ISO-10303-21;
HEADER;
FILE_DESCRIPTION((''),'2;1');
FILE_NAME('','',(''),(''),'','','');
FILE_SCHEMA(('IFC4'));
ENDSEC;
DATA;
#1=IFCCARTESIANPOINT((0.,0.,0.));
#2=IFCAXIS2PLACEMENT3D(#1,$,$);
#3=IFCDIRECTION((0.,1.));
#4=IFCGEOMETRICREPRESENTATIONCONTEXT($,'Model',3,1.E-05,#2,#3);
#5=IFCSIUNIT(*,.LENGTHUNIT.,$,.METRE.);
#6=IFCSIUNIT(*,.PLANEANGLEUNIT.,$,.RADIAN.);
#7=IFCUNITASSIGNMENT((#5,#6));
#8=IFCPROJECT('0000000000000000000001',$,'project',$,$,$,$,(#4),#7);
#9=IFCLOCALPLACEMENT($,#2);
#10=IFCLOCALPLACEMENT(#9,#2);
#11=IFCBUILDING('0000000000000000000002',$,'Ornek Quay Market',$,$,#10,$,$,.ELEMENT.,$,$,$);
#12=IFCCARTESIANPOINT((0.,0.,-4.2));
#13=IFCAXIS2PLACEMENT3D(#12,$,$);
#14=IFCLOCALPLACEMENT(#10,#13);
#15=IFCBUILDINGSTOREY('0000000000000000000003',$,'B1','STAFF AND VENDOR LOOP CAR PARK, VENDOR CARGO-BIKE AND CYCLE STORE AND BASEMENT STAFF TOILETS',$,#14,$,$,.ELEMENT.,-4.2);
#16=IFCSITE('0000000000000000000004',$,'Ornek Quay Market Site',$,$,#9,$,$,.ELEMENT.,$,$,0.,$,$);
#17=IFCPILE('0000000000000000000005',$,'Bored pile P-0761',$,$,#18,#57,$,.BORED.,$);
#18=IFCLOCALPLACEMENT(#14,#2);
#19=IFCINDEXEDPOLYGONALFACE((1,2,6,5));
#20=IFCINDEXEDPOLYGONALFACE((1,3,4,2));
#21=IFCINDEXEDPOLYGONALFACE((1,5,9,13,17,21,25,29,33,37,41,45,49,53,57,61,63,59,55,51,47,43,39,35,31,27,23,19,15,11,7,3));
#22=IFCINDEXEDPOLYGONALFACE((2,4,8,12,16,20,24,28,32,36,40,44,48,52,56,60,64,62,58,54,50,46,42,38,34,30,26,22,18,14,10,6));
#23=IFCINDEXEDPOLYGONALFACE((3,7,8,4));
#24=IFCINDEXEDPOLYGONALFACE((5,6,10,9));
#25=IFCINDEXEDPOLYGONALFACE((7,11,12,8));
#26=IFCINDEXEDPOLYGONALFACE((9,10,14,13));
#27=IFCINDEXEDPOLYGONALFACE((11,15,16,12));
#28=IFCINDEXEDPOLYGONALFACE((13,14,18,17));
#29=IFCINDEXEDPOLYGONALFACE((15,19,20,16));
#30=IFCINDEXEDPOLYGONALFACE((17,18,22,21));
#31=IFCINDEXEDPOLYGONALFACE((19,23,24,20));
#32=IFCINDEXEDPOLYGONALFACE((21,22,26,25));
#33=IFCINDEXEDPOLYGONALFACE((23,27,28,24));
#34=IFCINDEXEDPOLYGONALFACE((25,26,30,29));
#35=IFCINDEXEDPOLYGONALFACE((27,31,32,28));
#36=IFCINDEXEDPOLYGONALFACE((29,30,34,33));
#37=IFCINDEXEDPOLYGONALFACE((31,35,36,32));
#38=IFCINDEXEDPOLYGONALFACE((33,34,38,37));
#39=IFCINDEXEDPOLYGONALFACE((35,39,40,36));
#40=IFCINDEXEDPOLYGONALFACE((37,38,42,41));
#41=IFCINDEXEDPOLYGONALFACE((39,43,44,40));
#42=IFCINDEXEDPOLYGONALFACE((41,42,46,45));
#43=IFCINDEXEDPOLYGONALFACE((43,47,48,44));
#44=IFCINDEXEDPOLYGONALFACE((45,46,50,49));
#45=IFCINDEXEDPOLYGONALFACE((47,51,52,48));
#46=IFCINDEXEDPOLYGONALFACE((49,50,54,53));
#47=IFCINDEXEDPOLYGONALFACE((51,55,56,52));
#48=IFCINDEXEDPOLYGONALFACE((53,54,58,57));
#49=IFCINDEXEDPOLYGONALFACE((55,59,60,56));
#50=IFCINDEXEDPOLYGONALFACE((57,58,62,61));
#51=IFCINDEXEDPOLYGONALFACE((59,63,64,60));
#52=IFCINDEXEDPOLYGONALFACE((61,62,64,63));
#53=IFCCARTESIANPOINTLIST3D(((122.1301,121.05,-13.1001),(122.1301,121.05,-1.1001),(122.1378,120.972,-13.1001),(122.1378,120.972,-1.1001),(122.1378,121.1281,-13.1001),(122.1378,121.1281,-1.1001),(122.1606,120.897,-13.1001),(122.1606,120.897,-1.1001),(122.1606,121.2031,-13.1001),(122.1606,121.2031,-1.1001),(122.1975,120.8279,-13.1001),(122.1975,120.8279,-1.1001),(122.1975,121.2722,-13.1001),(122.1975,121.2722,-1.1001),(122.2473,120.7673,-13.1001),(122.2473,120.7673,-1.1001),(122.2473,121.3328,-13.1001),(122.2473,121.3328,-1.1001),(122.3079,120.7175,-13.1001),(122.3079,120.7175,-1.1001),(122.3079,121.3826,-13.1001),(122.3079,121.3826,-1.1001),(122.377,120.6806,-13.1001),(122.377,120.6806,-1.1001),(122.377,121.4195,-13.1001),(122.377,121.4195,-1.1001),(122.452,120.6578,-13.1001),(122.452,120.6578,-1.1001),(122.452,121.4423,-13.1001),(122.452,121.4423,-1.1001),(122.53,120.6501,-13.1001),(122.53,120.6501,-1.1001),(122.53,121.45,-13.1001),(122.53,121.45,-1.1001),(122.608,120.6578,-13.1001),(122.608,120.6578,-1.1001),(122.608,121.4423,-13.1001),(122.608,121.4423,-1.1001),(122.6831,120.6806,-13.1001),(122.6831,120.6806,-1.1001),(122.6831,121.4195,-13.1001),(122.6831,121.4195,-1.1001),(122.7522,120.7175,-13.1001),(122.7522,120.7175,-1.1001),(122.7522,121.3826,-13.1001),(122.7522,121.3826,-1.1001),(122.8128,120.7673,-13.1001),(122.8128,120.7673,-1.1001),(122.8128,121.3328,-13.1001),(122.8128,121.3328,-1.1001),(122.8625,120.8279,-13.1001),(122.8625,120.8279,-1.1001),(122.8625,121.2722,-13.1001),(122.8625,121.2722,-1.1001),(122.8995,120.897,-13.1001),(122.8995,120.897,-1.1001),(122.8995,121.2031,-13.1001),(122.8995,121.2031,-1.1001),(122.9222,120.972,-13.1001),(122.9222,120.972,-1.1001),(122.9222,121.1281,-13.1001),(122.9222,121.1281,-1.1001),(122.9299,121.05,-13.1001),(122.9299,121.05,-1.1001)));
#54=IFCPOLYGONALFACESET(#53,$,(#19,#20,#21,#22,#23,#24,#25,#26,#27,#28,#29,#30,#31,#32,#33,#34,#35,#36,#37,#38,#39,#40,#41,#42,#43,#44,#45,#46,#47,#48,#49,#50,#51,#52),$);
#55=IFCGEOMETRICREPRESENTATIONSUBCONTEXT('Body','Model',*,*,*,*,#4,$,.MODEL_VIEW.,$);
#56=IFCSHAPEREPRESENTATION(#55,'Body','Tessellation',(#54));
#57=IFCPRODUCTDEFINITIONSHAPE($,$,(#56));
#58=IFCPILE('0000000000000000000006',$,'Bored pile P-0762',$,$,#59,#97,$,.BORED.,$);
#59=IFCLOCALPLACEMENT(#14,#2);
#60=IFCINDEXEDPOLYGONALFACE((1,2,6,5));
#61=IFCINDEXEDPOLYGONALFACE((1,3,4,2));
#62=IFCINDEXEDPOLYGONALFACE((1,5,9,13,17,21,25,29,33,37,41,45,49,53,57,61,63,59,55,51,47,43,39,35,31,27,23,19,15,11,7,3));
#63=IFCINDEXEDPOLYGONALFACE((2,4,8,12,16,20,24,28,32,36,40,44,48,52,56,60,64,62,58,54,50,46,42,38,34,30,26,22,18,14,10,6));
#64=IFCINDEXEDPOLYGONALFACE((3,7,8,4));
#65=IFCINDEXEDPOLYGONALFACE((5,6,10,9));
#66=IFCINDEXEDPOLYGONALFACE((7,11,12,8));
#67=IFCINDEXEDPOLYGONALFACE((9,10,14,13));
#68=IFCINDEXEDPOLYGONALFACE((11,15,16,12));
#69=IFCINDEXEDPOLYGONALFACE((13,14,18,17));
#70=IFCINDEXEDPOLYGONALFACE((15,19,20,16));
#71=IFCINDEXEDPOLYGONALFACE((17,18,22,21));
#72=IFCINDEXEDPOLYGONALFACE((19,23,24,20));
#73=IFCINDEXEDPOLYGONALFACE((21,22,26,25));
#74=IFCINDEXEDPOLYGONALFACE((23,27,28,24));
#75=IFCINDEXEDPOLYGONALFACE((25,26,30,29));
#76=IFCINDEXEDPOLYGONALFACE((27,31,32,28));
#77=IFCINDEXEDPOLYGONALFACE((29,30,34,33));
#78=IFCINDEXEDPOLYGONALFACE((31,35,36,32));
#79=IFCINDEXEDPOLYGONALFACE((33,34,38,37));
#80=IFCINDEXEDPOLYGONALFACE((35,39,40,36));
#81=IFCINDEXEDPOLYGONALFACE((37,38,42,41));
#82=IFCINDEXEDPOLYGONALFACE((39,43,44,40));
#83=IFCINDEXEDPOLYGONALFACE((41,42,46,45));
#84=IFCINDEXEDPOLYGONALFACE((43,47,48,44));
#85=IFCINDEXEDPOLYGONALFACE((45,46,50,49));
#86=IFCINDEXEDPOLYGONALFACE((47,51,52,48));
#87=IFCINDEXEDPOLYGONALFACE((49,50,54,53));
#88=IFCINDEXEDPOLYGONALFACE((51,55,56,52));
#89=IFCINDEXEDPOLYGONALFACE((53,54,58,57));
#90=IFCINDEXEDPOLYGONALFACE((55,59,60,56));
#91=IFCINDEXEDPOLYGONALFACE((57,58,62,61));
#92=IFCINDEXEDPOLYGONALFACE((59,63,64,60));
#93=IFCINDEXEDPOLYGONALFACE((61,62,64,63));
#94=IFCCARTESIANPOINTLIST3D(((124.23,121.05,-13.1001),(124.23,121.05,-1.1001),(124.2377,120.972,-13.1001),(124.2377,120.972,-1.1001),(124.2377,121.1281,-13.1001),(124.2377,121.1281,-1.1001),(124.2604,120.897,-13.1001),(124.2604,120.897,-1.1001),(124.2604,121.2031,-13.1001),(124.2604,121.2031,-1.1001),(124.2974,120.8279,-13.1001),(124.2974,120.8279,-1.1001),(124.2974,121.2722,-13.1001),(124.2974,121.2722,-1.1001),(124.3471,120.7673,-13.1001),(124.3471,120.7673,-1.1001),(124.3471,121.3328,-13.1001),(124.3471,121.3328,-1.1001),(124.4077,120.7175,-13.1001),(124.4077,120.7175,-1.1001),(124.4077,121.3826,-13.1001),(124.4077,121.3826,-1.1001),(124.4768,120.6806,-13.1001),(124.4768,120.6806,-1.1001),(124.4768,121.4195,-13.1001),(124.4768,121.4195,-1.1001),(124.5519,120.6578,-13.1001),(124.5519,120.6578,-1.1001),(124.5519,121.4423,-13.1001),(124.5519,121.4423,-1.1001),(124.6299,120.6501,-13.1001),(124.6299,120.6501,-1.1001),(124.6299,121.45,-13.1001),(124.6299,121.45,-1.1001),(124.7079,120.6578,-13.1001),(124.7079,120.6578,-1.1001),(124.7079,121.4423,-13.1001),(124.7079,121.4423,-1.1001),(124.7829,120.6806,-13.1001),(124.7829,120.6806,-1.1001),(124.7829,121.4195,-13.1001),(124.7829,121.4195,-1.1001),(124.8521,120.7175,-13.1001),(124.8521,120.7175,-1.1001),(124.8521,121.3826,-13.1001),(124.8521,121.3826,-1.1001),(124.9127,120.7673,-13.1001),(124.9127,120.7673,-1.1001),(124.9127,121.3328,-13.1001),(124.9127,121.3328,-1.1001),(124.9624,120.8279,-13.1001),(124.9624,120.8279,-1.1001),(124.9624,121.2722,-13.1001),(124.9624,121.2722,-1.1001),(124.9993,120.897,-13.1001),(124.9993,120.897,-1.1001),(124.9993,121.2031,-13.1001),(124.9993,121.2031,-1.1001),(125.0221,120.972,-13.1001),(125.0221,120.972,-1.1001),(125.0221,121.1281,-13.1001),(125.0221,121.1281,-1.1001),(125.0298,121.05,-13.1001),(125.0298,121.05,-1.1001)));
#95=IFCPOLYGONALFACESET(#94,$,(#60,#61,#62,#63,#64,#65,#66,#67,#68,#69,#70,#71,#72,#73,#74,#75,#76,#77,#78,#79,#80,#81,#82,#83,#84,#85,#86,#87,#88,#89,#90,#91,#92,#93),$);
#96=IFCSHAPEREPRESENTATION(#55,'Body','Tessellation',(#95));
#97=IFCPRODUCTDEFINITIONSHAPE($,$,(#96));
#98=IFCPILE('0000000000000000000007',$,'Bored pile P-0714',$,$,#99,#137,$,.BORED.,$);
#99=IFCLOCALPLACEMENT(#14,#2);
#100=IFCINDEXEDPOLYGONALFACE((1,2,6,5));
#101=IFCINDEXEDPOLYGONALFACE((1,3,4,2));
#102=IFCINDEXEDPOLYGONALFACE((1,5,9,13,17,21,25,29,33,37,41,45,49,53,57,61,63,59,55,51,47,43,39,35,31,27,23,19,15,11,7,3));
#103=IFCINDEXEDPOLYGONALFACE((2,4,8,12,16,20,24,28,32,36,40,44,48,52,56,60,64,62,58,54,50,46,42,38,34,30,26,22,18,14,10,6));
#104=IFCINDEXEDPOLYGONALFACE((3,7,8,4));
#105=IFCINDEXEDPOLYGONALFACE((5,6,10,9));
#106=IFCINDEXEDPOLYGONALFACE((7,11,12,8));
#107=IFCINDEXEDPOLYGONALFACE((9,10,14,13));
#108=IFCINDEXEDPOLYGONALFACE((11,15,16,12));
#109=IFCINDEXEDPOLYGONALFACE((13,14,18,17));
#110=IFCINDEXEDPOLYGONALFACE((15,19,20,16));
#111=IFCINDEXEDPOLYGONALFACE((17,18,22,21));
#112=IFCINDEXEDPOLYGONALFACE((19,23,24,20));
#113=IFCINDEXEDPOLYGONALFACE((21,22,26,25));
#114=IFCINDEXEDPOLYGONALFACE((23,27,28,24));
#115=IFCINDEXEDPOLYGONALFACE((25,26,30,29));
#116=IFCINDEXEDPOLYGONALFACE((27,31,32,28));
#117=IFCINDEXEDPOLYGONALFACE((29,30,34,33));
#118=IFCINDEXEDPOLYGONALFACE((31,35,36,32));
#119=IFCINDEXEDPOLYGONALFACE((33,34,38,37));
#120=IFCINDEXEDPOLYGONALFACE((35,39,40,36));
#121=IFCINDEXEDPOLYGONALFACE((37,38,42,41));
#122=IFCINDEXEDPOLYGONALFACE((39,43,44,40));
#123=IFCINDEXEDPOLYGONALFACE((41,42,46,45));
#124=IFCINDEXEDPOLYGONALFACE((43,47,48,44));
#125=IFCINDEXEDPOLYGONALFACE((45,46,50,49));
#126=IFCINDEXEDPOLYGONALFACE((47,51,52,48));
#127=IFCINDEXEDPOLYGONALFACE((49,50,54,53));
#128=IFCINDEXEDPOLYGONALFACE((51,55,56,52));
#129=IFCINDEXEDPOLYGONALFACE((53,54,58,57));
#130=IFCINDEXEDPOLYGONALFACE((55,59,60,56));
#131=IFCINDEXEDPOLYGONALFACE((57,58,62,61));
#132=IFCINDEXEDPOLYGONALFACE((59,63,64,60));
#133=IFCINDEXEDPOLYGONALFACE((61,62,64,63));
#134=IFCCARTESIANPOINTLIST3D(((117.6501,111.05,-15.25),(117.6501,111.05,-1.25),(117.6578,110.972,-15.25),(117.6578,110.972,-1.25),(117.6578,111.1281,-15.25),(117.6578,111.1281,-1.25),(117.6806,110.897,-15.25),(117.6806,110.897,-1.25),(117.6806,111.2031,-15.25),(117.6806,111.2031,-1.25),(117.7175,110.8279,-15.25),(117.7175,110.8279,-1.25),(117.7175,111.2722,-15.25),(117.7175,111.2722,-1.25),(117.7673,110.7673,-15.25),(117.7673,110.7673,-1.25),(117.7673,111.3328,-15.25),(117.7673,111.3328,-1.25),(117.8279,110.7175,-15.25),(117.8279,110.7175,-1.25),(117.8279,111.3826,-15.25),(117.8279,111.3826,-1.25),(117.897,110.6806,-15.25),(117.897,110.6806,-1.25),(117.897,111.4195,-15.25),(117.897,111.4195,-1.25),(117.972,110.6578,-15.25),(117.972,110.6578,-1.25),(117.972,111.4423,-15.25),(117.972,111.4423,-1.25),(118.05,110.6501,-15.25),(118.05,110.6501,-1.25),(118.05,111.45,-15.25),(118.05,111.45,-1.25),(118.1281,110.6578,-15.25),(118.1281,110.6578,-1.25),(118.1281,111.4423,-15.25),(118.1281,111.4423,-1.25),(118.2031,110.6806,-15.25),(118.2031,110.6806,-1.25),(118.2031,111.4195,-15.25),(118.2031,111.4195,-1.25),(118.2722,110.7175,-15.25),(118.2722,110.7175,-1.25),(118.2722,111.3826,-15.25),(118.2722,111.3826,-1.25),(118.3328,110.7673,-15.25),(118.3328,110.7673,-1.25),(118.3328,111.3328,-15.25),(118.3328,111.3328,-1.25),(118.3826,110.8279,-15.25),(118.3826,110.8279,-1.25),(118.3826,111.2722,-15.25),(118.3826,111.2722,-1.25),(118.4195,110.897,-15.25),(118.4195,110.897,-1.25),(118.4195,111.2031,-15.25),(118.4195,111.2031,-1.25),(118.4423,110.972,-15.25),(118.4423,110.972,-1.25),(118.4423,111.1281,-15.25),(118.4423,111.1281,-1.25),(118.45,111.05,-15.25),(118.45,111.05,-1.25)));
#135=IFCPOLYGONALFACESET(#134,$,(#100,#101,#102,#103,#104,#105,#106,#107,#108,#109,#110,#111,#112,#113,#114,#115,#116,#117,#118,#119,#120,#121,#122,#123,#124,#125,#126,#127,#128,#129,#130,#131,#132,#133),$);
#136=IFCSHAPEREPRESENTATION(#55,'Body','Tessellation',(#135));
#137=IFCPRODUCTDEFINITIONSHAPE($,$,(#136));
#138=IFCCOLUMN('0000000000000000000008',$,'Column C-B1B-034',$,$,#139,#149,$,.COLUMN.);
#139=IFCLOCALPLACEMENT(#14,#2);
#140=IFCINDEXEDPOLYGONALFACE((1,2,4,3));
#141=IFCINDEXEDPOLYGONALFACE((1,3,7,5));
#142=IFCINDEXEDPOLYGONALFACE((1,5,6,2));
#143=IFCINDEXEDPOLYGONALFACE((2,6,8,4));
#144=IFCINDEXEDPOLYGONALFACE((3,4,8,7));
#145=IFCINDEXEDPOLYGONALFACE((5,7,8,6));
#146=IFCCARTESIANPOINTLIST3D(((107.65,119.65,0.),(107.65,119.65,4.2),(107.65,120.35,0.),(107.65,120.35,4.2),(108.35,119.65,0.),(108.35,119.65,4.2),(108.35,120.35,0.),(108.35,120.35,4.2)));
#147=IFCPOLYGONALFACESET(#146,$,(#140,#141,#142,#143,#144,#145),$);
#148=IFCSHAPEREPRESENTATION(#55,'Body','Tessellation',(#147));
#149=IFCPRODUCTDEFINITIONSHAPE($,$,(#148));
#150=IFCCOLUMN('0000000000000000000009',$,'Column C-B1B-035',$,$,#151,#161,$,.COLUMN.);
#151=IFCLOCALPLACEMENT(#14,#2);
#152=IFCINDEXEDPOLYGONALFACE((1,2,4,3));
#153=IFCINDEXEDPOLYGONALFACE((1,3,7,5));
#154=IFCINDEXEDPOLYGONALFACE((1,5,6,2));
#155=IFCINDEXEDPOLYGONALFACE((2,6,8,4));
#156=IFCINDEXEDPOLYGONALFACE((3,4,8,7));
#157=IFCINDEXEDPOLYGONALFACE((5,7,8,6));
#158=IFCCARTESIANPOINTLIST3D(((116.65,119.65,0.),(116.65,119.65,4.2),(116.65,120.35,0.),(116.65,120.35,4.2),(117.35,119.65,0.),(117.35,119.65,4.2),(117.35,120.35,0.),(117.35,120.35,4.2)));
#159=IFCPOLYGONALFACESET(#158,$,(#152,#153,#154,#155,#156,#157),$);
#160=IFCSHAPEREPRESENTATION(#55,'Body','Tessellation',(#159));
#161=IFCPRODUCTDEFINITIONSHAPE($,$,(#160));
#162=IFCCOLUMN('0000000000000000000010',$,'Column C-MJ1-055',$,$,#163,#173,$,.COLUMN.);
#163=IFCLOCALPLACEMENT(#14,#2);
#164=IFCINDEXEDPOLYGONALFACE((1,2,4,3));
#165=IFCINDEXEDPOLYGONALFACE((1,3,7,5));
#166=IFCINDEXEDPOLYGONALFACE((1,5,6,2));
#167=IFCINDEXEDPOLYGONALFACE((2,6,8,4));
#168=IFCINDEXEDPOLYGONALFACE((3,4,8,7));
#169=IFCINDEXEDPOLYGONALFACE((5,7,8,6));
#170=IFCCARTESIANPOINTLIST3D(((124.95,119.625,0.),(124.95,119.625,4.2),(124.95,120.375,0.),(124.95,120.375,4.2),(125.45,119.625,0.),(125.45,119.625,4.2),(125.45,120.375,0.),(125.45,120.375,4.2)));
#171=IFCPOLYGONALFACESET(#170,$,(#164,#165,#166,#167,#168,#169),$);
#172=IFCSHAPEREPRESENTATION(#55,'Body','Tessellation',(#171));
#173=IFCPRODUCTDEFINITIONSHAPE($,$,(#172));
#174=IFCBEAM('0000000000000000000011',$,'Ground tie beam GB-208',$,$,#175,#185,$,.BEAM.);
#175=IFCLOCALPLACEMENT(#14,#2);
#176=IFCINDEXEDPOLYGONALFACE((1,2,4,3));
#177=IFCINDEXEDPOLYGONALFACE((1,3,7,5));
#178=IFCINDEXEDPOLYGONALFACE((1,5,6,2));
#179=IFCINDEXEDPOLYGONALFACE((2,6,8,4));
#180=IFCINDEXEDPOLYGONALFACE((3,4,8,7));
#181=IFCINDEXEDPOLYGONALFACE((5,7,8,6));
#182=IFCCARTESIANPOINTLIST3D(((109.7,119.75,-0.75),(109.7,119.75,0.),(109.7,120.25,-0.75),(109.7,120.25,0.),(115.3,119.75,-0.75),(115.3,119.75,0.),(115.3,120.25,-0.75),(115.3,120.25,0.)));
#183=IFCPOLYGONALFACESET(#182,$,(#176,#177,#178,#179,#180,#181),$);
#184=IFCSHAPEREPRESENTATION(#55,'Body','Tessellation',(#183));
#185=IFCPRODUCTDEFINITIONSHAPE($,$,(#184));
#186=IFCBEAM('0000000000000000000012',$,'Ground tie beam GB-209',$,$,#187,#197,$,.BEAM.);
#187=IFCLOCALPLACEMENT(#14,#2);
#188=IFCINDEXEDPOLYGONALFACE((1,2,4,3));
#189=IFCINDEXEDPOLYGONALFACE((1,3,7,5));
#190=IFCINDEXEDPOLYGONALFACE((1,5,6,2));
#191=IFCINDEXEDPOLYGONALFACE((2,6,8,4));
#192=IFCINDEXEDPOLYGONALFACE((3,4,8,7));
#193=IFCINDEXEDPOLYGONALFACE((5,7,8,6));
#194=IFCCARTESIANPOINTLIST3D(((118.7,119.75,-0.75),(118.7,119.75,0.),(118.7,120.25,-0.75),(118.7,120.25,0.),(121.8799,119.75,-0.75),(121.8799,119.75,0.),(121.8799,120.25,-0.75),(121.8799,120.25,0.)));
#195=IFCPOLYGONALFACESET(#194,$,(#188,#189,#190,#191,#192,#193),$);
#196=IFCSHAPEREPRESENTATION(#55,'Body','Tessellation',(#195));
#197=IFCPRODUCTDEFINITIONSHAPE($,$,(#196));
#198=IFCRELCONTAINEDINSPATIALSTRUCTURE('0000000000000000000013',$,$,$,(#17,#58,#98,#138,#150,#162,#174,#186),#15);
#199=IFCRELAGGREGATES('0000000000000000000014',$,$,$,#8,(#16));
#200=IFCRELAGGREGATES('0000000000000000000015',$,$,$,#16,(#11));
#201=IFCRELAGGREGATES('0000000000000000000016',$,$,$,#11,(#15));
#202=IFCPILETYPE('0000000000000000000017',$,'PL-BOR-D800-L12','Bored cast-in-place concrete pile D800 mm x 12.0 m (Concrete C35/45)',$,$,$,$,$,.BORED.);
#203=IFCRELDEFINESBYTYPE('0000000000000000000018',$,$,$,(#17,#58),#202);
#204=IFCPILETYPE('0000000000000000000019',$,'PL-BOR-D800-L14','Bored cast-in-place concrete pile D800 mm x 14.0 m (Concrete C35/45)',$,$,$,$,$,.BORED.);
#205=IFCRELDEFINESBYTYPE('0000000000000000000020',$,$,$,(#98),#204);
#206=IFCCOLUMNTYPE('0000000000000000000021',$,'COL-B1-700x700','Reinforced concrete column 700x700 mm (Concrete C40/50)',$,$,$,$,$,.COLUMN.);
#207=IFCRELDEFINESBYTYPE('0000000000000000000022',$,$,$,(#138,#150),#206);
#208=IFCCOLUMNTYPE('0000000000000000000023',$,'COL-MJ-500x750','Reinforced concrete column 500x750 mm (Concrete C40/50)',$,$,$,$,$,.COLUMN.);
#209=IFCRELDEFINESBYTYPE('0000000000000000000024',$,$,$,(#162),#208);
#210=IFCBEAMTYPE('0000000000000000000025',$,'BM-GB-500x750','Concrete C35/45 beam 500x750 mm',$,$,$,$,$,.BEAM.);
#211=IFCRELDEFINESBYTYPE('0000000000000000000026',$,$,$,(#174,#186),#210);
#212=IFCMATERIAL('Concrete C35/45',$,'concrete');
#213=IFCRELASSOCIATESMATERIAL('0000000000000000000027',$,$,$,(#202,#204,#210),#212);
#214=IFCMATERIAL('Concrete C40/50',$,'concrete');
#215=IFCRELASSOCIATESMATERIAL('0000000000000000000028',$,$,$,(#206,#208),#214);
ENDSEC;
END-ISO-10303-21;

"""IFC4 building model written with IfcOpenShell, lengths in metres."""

from ifc_helpers import new_model, si_unit, direction, frame, origin, origin_2d, place, context, subcontext, project, spatial, rectangle, circle, extrude, material, material_profile, profile_set, type_object, element, save


model = new_model("IFC4")

# Units and contexts
model_context = context("Model", 3, precision=1e-05, world=origin(), true_north=direction((0.0, 1.0)))
body_context = subcontext(model_context, "Body", "Model", "MODEL_VIEW")
ifc_project = project(units=[si_unit("LENGTHUNIT", "METRE"), si_unit("PLANEANGLEUNIT", "RADIAN")], contexts=[model_context])

# Site, building, storey
site_placement = place(None, origin())
site = spatial("IfcSite", under=ifc_project, at=site_placement, Name="Ornek Quay Market Site", CompositionType="ELEMENT", RefElevation=0.0)
building_placement = place(site_placement, origin())
building = spatial("IfcBuilding", under=site, at=building_placement, Name="Ornek Quay Market", CompositionType="ELEMENT")
storey_placement = place(building_placement, frame((0.0, 0.0, -4.2)))
storey = spatial("IfcBuildingStorey", under=building, at=storey_placement, Name="B1", Description="STAFF AND VENDOR LOOP CAR PARK, VENDOR CARGO-BIKE AND CYCLE STORE AND BASEMENT STAFF TOILETS", CompositionType="ELEMENT", Elevation=-4.2)

# Piles
ifc_material_1 = material(Name="Concrete C35/45", Category="concrete")
ifc_material_profile_1 = material_profile(ifc_material_1, circle(Radius=0.3999, at=origin_2d()), Name="PILE D800", Category="concrete")
ifc_profile_set_1 = profile_set([ifc_material_profile_1], Name="Concrete C35/45")
pile_type_1 = type_object("IfcPileType", Name="PL-BOR-D800-L12", Description="Bored cast-in-place concrete pile D800 mm x 12.0 m (Concrete C35/45)", PredefinedType="BORED", material=ifc_profile_set_1)
for number, where, z_axis, x_axis, name in (
    (1, (122.53, 121.05, -1.1001), (0.0, 0.0, -1.0), (1.0, 0.0, 0.0), "Bored pile P-0761"),
    (2, (124.6299, 121.05, -1.1001), (0.0, 0.0, -1.0), (1.0, 0.0, 0.0), "Bored pile P-0762"),
):
    element("IfcPile", number, at=place(storey_placement, frame(where, z_axis=z_axis, x_axis=x_axis)), inside=storey, type_object=pile_type_1, Name=name, PredefinedType="BORED", context=body_context, shape_type="SweptSolid", body=[
        extrude(circle(Radius=0.3999, at=origin_2d()), origin(), (0.0, 0.0, 1.0), 12.0),
    ])
ifc_material_profile_2 = material_profile(ifc_material_1, circle(Radius=0.3999, at=origin_2d()), Name="PILE D800", Category="concrete")
ifc_profile_set_2 = profile_set([ifc_material_profile_2], Name="Concrete C35/45")
pile_type_2 = type_object("IfcPileType", Name="PL-BOR-D800-L14", Description="Bored cast-in-place concrete pile D800 mm x 14.0 m (Concrete C35/45)", PredefinedType="BORED", material=ifc_profile_set_2)
pile_placement = place(storey_placement, frame((118.05, 111.05, -1.25), z_axis=(0.0, 0.0, -1.0), x_axis=(1.0, 0.0, 0.0)))
element("IfcPile", 3, at=pile_placement, inside=storey, type_object=pile_type_2, Name="Bored pile P-0714", PredefinedType="BORED", context=body_context, shape_type="SweptSolid", body=[
    extrude(circle(Radius=0.3999, at=origin_2d()), origin(), (0.0, 0.0, 1.0), 14.0),
])

# Columns
ifc_material_2 = material(Name="Concrete C40/50", Category="concrete")
ifc_material_profile_3 = material_profile(ifc_material_2, rectangle(XDim=0.7, YDim=0.7, at=origin_2d()), Name="RC 700x700", Category="concrete")
ifc_profile_set_3 = profile_set([ifc_material_profile_3], Name="Concrete C40/50")
column_type_1 = type_object("IfcColumnType", Name="COL-B1-700x700", Description="Reinforced concrete column 700x700 mm (Concrete C40/50)", PredefinedType="COLUMN", material=ifc_profile_set_3)
for number, where, z_axis, x_axis, name in (
    (4, (108.0, 120.0, 0.0), (0.0, 0.0, 1.0), (1.0, 0.0, 0.0), "Column C-B1B-034"),
    (5, (117.0, 120.0, 0.0), (0.0, 0.0, 1.0), (1.0, 0.0, 0.0), "Column C-B1B-035"),
):
    element("IfcColumn", number, at=place(storey_placement, frame(where, z_axis=z_axis, x_axis=x_axis)), inside=storey, type_object=column_type_1, Name=name, PredefinedType="COLUMN", context=body_context, shape_type="SweptSolid", body=[
        extrude(rectangle(XDim=0.7, YDim=0.7, at=origin_2d()), origin(), (0.0, 0.0, 1.0), 4.2),
    ])
ifc_material_profile_4 = material_profile(ifc_material_2, rectangle(XDim=0.5, YDim=0.75, at=origin_2d()), Name="RC 500x750", Category="concrete")
ifc_profile_set_4 = profile_set([ifc_material_profile_4], Name="Concrete C40/50")
column_type_2 = type_object("IfcColumnType", Name="COL-MJ-500x750", Description="Reinforced concrete column 500x750 mm (Concrete C40/50)", PredefinedType="COLUMN", material=ifc_profile_set_4)
column_placement = place(storey_placement, frame((125.2, 120.0, 0.0), z_axis=(0.0, 0.0, 1.0), x_axis=(1.0, 0.0, 0.0)))
element("IfcColumn", 6, at=column_placement, inside=storey, type_object=column_type_2, Name="Column C-MJ1-055", PredefinedType="COLUMN", context=body_context, shape_type="SweptSolid", body=[
    extrude(rectangle(XDim=0.5, YDim=0.75, at=origin_2d()), origin(), (0.0, 0.0, 1.0), 4.2),
])

# Beams
ifc_material_profile_5 = material_profile(ifc_material_1, rectangle(XDim=0.5, YDim=0.75, at=origin_2d()), Name="RC 500x750", Category="concrete")
ifc_profile_set_5 = profile_set([ifc_material_profile_5], Name="Concrete C35/45")
beam_type = type_object("IfcBeamType", Name="BM-GB-500x750", Description="Concrete C35/45 beam 500x750 mm", PredefinedType="BEAM", material=ifc_profile_set_5)
beam_1_placement = place(storey_placement, frame((109.7, 120.0, -0.375), z_axis=(1.0, 0.0, 0.0), x_axis=(0.0, 1.0, 0.0)))
element("IfcBeam", 7, at=beam_1_placement, inside=storey, type_object=beam_type, Name="Ground tie beam GB-208", PredefinedType="BEAM", context=body_context, shape_type="SweptSolid", body=[
    extrude(rectangle(XDim=0.5, YDim=0.75, at=origin_2d()), origin(), (0.0, 0.0, 1.0), 5.6001),
])
beam_2_placement = place(storey_placement, frame((118.7, 120.0, -0.375), z_axis=(1.0, 0.0, 0.0), x_axis=(0.0, 1.0, 0.0)))
element("IfcBeam", 8, at=beam_2_placement, inside=storey, type_object=beam_type, Name="Ground tie beam GB-209", PredefinedType="BEAM", context=body_context, shape_type="SweptSolid", body=[
    extrude(rectangle(XDim=0.5, YDim=0.75, at=origin_2d()), origin(), (0.0, 0.0, 1.0), 3.1799),
])

save(model, "model.ifc")
